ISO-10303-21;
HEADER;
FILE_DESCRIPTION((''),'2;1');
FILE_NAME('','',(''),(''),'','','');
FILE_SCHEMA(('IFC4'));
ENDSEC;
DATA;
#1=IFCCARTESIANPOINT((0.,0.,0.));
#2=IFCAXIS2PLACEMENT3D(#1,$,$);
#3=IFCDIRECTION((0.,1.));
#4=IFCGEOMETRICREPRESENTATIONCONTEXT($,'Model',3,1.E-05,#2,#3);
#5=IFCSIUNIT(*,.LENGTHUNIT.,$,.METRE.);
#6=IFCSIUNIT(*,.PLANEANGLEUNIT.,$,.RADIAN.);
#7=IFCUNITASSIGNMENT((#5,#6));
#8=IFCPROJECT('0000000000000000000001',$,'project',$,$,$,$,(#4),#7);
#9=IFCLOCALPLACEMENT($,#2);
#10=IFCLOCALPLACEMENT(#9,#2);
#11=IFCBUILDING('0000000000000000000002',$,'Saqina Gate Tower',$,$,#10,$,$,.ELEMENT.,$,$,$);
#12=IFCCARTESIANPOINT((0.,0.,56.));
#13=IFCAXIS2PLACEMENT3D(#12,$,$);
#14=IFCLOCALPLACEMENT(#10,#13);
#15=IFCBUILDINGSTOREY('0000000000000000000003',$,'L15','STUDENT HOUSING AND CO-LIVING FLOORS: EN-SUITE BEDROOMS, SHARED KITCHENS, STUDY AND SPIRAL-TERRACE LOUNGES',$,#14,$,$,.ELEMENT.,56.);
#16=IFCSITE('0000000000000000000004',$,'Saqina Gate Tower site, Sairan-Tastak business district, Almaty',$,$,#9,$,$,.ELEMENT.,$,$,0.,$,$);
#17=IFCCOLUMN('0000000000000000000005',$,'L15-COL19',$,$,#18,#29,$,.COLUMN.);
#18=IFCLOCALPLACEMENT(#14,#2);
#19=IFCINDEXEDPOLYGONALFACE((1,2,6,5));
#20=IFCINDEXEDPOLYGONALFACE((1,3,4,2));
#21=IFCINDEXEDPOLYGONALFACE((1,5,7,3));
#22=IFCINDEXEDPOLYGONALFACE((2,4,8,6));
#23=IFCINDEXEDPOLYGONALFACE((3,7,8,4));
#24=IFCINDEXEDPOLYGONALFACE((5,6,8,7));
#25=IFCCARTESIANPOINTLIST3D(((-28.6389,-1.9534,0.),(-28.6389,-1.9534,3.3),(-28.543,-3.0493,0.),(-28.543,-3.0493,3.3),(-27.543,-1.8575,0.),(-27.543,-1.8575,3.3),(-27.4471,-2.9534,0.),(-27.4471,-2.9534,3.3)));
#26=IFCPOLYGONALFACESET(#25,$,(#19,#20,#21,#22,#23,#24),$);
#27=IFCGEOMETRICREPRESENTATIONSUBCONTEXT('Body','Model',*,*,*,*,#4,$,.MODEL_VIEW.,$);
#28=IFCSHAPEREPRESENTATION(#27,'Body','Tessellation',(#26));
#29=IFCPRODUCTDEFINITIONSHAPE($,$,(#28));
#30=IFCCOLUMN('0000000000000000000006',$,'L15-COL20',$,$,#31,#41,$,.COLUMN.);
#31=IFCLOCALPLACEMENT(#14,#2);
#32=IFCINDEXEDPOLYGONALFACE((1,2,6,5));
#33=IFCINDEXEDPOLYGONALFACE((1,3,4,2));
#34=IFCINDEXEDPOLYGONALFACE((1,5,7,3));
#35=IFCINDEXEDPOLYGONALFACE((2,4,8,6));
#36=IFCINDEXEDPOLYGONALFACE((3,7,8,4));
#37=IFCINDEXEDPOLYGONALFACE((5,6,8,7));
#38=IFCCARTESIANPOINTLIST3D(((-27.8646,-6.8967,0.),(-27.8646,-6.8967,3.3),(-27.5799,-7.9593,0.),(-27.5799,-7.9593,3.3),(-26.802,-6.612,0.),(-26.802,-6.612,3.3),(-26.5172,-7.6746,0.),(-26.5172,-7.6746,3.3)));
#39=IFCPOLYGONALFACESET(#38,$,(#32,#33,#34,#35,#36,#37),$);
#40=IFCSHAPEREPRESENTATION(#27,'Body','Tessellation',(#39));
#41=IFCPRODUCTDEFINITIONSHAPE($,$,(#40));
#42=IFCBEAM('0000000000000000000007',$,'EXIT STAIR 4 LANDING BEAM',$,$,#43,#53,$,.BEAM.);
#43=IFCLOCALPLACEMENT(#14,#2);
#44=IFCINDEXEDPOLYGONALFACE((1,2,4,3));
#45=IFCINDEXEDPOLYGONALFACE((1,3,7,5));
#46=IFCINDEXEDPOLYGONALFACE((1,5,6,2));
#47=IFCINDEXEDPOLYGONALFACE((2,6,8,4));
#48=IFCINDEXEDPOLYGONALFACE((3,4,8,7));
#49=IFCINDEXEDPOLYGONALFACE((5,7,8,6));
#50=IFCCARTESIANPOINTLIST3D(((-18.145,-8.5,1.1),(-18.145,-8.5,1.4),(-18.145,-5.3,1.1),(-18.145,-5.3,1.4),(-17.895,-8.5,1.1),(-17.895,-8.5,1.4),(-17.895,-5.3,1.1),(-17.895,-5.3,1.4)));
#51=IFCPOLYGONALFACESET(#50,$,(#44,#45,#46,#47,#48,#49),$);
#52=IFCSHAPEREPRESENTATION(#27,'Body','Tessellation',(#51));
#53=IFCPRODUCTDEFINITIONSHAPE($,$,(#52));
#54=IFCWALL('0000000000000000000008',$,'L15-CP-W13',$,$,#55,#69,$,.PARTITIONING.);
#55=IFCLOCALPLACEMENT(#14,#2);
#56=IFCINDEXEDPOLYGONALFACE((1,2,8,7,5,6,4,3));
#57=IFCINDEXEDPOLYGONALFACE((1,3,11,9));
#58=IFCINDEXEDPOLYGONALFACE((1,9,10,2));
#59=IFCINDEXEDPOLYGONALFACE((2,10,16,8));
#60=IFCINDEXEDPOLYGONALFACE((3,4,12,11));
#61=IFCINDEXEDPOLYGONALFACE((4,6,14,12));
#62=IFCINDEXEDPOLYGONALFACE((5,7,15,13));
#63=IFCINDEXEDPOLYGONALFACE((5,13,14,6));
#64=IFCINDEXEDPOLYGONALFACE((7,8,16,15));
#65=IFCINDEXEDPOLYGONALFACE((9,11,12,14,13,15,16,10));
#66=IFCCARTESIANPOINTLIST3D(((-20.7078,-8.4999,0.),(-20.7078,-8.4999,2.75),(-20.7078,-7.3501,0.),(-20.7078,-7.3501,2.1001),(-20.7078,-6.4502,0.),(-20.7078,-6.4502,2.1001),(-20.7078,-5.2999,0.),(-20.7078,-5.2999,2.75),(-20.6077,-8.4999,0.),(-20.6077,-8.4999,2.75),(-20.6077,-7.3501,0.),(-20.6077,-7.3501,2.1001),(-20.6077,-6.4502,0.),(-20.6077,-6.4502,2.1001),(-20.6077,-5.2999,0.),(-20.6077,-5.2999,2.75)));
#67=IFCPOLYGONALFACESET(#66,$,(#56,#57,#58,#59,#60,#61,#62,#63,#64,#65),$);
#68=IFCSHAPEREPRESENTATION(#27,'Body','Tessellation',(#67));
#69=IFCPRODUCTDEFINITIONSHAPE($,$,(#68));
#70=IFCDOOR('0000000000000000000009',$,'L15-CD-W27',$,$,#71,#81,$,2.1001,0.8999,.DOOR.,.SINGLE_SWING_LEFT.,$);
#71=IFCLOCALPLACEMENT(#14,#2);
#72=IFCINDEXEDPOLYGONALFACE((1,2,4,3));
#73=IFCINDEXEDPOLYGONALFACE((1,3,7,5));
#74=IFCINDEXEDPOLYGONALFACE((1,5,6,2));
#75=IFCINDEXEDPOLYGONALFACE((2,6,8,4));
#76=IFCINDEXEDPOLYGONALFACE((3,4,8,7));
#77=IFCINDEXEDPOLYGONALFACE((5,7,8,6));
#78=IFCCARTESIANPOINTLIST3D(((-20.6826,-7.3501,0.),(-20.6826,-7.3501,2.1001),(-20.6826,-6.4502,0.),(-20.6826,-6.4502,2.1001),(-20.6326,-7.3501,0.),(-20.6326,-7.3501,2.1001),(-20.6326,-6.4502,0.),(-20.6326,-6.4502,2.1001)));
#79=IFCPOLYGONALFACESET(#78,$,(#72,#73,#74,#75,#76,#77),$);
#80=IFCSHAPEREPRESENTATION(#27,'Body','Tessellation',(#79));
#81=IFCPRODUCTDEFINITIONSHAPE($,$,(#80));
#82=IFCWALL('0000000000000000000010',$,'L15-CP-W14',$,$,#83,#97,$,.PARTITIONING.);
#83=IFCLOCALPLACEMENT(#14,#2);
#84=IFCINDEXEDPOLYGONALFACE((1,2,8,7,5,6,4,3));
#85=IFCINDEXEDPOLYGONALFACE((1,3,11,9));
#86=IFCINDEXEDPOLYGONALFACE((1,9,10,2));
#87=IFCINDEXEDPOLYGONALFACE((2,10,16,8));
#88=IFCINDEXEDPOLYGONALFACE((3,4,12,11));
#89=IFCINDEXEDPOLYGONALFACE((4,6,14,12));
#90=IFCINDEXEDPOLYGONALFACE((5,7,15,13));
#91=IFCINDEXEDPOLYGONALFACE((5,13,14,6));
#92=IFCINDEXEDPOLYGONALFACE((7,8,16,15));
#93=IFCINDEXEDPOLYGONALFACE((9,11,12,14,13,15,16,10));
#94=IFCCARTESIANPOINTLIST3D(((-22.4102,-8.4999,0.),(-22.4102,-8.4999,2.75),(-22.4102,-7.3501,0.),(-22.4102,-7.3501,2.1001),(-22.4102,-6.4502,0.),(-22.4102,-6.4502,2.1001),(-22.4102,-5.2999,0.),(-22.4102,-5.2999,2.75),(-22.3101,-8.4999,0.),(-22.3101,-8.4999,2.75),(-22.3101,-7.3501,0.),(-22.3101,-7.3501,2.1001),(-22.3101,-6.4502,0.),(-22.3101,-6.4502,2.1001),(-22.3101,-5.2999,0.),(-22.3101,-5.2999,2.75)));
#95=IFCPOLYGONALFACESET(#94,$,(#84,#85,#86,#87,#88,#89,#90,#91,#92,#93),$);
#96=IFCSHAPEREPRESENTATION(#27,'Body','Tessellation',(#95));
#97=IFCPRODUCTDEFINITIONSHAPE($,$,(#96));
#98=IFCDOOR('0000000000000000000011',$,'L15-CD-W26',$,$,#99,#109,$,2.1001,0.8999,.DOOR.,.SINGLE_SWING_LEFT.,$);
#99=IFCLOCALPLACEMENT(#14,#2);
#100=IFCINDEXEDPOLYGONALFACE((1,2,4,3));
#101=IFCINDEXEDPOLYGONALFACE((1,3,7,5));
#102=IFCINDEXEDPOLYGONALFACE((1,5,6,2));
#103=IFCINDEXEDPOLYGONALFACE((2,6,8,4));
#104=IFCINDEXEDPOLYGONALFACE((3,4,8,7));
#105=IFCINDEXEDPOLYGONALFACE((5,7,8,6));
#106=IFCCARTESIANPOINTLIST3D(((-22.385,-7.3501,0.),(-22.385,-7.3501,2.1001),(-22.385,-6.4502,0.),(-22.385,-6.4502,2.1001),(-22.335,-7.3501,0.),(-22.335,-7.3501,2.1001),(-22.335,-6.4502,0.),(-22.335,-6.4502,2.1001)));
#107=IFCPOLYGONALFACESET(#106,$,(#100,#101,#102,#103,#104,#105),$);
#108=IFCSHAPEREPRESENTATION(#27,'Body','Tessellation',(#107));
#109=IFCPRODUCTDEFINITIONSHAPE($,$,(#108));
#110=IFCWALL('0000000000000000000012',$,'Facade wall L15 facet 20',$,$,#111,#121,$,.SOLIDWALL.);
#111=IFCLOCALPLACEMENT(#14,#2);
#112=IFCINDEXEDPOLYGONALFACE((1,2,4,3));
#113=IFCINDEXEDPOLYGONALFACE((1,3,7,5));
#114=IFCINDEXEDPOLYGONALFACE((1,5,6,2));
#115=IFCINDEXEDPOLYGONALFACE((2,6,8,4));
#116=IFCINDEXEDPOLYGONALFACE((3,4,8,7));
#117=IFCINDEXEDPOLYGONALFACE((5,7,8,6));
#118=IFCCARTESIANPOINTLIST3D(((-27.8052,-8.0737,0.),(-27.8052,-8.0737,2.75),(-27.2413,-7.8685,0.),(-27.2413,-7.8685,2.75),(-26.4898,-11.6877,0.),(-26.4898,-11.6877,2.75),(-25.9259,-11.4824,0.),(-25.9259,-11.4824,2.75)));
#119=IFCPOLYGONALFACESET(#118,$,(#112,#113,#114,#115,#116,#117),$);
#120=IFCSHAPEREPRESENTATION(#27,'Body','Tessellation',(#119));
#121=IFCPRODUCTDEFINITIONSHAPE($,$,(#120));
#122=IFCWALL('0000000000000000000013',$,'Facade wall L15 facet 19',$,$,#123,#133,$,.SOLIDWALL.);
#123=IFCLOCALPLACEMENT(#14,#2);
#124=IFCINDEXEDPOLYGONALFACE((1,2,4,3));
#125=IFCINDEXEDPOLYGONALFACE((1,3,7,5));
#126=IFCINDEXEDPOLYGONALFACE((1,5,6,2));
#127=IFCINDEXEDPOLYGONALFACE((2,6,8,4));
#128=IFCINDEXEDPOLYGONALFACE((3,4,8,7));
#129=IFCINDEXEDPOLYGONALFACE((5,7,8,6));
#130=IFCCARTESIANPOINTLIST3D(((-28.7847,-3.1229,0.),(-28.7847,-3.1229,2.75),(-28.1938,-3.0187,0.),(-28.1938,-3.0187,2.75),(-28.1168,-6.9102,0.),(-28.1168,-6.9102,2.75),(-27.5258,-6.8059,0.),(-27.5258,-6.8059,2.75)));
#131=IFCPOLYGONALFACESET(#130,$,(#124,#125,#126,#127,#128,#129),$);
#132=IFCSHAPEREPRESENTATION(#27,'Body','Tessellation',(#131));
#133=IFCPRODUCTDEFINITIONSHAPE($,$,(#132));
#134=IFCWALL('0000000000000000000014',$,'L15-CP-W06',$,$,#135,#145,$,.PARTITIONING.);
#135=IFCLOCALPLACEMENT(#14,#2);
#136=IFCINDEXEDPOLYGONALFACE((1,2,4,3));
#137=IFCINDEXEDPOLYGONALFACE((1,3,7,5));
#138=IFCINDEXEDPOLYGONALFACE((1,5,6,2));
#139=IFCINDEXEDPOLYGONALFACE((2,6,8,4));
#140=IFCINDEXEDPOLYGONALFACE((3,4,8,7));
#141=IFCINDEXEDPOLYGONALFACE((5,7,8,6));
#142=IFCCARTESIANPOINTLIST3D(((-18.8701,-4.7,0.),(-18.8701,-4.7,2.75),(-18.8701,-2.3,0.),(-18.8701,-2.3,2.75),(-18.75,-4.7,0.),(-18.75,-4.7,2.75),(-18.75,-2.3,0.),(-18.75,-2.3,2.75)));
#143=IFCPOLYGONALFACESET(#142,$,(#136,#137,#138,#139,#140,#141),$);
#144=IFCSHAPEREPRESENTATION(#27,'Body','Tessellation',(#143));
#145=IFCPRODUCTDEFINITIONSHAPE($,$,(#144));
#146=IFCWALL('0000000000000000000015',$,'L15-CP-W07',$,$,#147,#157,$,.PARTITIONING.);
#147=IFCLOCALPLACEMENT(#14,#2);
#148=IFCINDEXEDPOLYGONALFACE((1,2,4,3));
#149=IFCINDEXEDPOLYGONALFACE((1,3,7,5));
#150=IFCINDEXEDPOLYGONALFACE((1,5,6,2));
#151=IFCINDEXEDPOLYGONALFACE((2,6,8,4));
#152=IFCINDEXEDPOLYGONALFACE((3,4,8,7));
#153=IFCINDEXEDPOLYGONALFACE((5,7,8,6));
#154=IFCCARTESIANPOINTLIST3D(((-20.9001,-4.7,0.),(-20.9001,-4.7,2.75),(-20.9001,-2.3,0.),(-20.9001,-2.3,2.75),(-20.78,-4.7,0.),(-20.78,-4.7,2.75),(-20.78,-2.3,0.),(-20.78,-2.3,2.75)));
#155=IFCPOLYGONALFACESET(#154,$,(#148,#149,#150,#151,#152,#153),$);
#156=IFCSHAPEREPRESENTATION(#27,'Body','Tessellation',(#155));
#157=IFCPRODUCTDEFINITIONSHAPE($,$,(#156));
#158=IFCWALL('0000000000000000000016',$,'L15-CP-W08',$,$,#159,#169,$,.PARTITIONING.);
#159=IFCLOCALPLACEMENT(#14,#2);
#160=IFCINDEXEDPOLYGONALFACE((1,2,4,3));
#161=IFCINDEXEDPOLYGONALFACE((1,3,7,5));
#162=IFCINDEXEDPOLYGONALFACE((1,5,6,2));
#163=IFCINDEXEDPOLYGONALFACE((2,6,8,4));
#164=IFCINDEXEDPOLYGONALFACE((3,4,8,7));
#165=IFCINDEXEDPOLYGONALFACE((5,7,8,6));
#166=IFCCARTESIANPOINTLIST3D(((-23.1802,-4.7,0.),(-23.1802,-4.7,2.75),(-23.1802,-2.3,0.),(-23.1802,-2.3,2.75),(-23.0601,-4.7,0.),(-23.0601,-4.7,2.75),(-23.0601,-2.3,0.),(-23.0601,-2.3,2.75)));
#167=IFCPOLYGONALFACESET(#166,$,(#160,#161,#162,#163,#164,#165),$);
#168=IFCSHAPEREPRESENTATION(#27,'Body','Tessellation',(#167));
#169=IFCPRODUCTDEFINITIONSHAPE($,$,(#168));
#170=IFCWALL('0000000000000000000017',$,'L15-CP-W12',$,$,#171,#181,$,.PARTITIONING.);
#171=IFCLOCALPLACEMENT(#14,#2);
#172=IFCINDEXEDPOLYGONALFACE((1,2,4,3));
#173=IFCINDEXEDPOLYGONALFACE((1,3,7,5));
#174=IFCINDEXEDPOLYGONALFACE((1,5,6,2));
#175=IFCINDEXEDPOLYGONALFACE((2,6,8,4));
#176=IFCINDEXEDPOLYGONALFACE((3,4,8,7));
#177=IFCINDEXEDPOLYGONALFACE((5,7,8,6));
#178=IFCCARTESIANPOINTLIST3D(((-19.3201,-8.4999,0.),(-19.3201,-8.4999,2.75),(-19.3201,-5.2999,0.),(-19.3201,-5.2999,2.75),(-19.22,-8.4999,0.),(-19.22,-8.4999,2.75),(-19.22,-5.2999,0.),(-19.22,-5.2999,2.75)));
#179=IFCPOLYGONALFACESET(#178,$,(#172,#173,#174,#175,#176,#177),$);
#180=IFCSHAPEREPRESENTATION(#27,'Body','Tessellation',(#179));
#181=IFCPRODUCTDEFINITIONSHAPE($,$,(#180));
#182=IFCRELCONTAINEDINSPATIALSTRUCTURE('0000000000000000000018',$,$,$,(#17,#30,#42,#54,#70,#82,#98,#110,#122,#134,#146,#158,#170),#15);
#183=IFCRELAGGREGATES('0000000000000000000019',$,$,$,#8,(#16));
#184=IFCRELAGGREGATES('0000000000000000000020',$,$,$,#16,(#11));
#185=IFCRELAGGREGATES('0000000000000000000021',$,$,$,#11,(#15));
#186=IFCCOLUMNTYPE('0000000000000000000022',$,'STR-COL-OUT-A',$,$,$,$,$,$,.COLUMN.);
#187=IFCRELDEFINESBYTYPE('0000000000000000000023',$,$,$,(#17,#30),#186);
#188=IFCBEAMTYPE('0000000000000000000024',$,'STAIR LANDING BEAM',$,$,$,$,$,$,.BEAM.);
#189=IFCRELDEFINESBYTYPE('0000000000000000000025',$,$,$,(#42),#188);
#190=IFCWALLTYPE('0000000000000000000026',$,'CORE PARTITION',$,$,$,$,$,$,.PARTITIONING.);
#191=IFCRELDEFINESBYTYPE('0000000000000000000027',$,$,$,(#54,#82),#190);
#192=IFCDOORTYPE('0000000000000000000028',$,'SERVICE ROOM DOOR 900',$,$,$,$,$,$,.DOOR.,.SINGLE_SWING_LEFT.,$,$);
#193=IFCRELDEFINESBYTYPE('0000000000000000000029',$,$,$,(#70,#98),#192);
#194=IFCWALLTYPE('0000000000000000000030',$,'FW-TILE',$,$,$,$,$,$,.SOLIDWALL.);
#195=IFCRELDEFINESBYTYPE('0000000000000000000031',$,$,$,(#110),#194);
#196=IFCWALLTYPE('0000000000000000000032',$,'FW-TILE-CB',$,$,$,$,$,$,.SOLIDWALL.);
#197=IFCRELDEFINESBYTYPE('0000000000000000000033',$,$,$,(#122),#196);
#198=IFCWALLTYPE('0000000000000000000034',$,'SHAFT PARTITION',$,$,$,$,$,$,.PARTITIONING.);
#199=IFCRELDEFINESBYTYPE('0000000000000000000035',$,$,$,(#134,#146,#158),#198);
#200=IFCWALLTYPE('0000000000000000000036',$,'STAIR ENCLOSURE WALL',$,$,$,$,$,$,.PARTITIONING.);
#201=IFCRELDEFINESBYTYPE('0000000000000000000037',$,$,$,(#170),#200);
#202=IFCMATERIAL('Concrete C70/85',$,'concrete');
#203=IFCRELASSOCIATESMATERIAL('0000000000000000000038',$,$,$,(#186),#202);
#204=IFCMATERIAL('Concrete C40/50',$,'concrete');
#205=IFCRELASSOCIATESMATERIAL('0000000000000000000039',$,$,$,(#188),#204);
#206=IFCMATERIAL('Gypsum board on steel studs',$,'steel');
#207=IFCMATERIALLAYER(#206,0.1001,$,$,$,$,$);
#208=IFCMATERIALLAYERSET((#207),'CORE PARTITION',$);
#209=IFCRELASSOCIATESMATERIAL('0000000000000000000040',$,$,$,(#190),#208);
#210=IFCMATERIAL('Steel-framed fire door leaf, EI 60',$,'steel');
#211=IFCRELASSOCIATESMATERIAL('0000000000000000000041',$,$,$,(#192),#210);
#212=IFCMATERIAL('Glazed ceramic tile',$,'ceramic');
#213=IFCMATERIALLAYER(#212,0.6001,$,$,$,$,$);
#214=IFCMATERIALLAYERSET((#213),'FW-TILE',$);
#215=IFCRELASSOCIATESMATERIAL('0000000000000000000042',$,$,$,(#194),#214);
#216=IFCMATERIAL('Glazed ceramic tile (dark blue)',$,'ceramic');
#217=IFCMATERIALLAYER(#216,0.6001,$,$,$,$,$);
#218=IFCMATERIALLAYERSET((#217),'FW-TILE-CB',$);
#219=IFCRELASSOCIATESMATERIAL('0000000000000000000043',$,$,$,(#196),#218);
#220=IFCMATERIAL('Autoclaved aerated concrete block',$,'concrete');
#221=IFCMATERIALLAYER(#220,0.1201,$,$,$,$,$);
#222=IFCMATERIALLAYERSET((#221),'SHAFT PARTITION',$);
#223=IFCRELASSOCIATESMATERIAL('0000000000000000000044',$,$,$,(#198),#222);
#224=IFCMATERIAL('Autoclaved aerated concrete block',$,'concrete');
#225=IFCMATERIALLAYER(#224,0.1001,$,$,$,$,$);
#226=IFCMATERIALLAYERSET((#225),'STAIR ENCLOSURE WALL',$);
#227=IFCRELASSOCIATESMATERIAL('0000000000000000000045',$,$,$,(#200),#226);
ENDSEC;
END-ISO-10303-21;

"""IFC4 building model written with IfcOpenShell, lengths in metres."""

from ifc_helpers import new_model, si_unit, direction, frame, frame_2d, origin, origin_2d, place, context, subcontext, project, spatial, rectangle, extrude, material, layer, layer_set, material_profile, profile_set, type_object, element, fill, save


model = new_model("IFC4")

# Units and contexts
model_context = context("Model", 3, precision=1e-05, world=origin(), true_north=direction((0.0, 1.0)))
body_context = subcontext(model_context, "Body", "Model", "MODEL_VIEW")
ifc_project = project(units=[si_unit("LENGTHUNIT", "METRE"), si_unit("PLANEANGLEUNIT", "RADIAN")], contexts=[model_context])

# Site, building, storey
site_placement = place(None, origin())
site = spatial("IfcSite", under=ifc_project, at=site_placement, Name="Saqina Gate Tower site, Sairan-Tastak business district, Almaty", CompositionType="ELEMENT", RefElevation=0.0)
building_placement = place(site_placement, origin())
building = spatial("IfcBuilding", under=site, at=building_placement, Name="Saqina Gate Tower", CompositionType="ELEMENT")
storey_placement = place(building_placement, frame((0.0, 0.0, 56.0)))
storey = spatial("IfcBuildingStorey", under=building, at=storey_placement, Name="L15", Description="STUDENT HOUSING AND CO-LIVING FLOORS: EN-SUITE BEDROOMS, SHARED KITCHENS, STUDY AND SPIRAL-TERRACE LOUNGES", CompositionType="ELEMENT", Elevation=56.0)

# Columns
ifc_material_1 = material(Name="Concrete C70/85", Category="concrete")
ifc_material_profile_1 = material_profile(ifc_material_1, rectangle(XDim=1.1001, YDim=1.1001, at=origin_2d()), Name="RC 1100x1100")
ifc_profile_set_1 = profile_set([ifc_material_profile_1], Name="Concrete C70/85")
column_type = type_object("IfcColumnType", Name="STR-COL-OUT-A", PredefinedType="COLUMN", material=ifc_profile_set_1)
for number, where, z_axis, x_axis, name in (
    (1, (-28.043, -2.4534, 0.0), (0.0, 0.0, 1.0), (-0.996195, -0.087156, 0.0), "L15-COL19"),
    (2, (-27.1909, -7.2856, 0.0), (0.0, 0.0, 1.0), (-0.965926, -0.258819, 0.0), "L15-COL20"),
):
    element("IfcColumn", number, at=place(storey_placement, frame(where, z_axis=z_axis, x_axis=x_axis)), inside=storey, type_object=column_type, Name=name, PredefinedType="COLUMN", context=body_context, shape_type="SweptSolid", body=[
        extrude(rectangle(XDim=1.1001, YDim=1.1001, at=origin_2d()), origin(), (0.0, 0.0, 1.0), 3.3),
    ])

# Beam
ifc_material_2 = material(Name="Concrete C40/50", Category="concrete")
ifc_material_profile_2 = material_profile(ifc_material_2, rectangle(XDim=0.25, YDim=0.3, at=origin_2d()), Name="STAIR LANDING BEAM")
ifc_profile_set_2 = profile_set([ifc_material_profile_2], Name="Concrete C40/50")
beam_type = type_object("IfcBeamType", Name="STAIR LANDING BEAM", PredefinedType="BEAM", material=ifc_profile_set_2)
beam_placement = place(storey_placement, frame((-18.02, -8.5, 1.25), z_axis=(0.0, 1.0, 0.0), x_axis=(-1.0, 0.0, 0.0)))
element("IfcBeam", 3, at=beam_placement, inside=storey, type_object=beam_type, Name="EXIT STAIR 4 LANDING BEAM", PredefinedType="BEAM", context=body_context, shape_type="SweptSolid", body=[
    extrude(rectangle(XDim=0.25, YDim=0.3, at=origin_2d()), origin(), (0.0, 0.0, 1.0), 3.2),
])

# Walls, openings, doors
ifc_material_3 = material(Name="Gypsum board on steel studs", Category="steel")
ifc_layer_1 = layer(ifc_material_3, 0.1001)
ifc_layer_set_1 = layer_set([ifc_layer_1], Name="CORE PARTITION")
wall_type_1 = type_object("IfcWallType", Name="CORE PARTITION", PredefinedType="PARTITIONING", material=ifc_layer_set_1)
wall_1_placement = place(storey_placement, frame((-20.6577, -8.5, 0.0), z_axis=(0.0, 0.0, 1.0), x_axis=(0.0, 1.0, 0.0)))
wall_1 = element("IfcWall", 4, at=wall_1_placement, inside=storey, type_object=wall_type_1, Name="L15-CP-W13", PredefinedType="PARTITIONING", context=body_context, shape_type="SweptSolid", body=[
    extrude(rectangle(XDim=3.2, YDim=0.1001, at=frame_2d((1.6001, 0.0))), origin(), (0.0, 0.0, 1.0), 2.75),
])
opening_1_placement = place(wall_1_placement, frame((1.1499, 0.0, 0.0)))
opening_1 = element("IfcOpeningElement", 5, at=opening_1_placement, cuts=wall_1, PredefinedType="OPENING", context=body_context, shape_type="SweptSolid", body=[
    extrude(rectangle(XDim=0.8999, YDim=2.1001, at=frame_2d((0.45, 1.05))), frame((0.0, 0.062, 0.0), z_axis=(0.0, -1.0, 0.0), x_axis=(1.0, 0.0, 0.0)), (0.0, 0.0, 1.0), 0.124),
])
ifc_material_4 = material(Name="Steel-framed fire door leaf, EI 60", Category="steel")
door_type = type_object("IfcDoorType", Name="SERVICE ROOM DOOR 900", OperationType="SINGLE_SWING_LEFT", PredefinedType="DOOR", material=ifc_material_4)
door_1_placement = place(opening_1_placement, origin())
door_1 = element("IfcDoor", 6, at=door_1_placement, inside=storey, type_object=door_type, Name="L15-CD-W27", OperationType="SINGLE_SWING_LEFT", OverallHeight=2.1001, OverallWidth=0.8999, PredefinedType="DOOR", context=body_context, shape_type="SweptSolid", body=[
    extrude(rectangle(XDim=0.8999, YDim=2.1001, at=frame_2d((0.45, 1.05))), frame((0.0, 0.0249, 0.0), z_axis=(0.0, -1.0, 0.0), x_axis=(1.0, 0.0, 0.0)), (0.0, 0.0, 1.0), 0.05),
])
fill(opening_1, door_1)
wall_2_placement = place(storey_placement, frame((-22.3601, -8.5, 0.0), z_axis=(0.0, 0.0, 1.0), x_axis=(0.0, 1.0, 0.0)))
wall_2 = element("IfcWall", 7, at=wall_2_placement, inside=storey, type_object=wall_type_1, Name="L15-CP-W14", PredefinedType="PARTITIONING", context=body_context, shape_type="SweptSolid", body=[
    extrude(rectangle(XDim=3.2, YDim=0.1001, at=frame_2d((1.6001, 0.0))), origin(), (0.0, 0.0, 1.0), 2.75),
])
opening_2_placement = place(wall_2_placement, frame((1.1499, 0.0, 0.0)))
opening_2 = element("IfcOpeningElement", 8, at=opening_2_placement, cuts=wall_2, PredefinedType="OPENING", context=body_context, shape_type="SweptSolid", body=[
    extrude(rectangle(XDim=0.8999, YDim=2.1001, at=frame_2d((0.45, 1.05))), frame((0.0, 0.062, 0.0), z_axis=(0.0, -1.0, 0.0), x_axis=(1.0, 0.0, 0.0)), (0.0, 0.0, 1.0), 0.124),
])
door_2_placement = place(opening_2_placement, origin())
door_2 = element("IfcDoor", 9, at=door_2_placement, inside=storey, type_object=door_type, Name="L15-CD-W26", OperationType="SINGLE_SWING_LEFT", OverallHeight=2.1001, OverallWidth=0.8999, PredefinedType="DOOR", context=body_context, shape_type="SweptSolid", body=[
    extrude(rectangle(XDim=0.8999, YDim=2.1001, at=frame_2d((0.45, 1.05))), frame((0.0, 0.0249, 0.0), z_axis=(0.0, -1.0, 0.0), x_axis=(1.0, 0.0, 0.0)), (0.0, 0.0, 1.0), 0.05),
])
fill(opening_2, door_2)

# Walls
ifc_material_5 = material(Name="Glazed ceramic tile", Category="ceramic")
ifc_layer_2 = layer(ifc_material_5, 0.6001)
ifc_layer_set_2 = layer_set([ifc_layer_2], Name="FW-TILE")
wall_type_2 = type_object("IfcWallType", Name="FW-TILE", PredefinedType="SOLIDWALL", material=ifc_layer_set_2)
wall_3_placement = place(storey_placement, frame((-27.5232, -7.9712, 0.0), z_axis=(0.0, 0.0, 1.0), x_axis=(0.342028, -0.93969, 0.0)))
element("IfcWall", 10, at=wall_3_placement, inside=storey, type_object=wall_type_2, Name="Facade wall L15 facet 20", PredefinedType="SOLIDWALL", context=body_context, shape_type="SweptSolid", body=[
    extrude(rectangle(XDim=3.8459, YDim=0.6001, at=frame_2d((1.9229, 0.0))), origin(), (0.0, 0.0, 1.0), 2.75),
])
ifc_material_6 = material(Name="Glazed ceramic tile (dark blue)", Category="ceramic")
ifc_layer_3 = layer(ifc_material_6, 0.6001)
ifc_layer_set_3 = layer_set([ifc_layer_3], Name="FW-TILE-CB")
wall_type_3 = type_object("IfcWallType", Name="FW-TILE-CB", PredefinedType="SOLIDWALL", material=ifc_layer_set_3)
wall_4_placement = place(storey_placement, frame((-28.4893, -3.0708, 0.0), z_axis=(0.0, 0.0, 1.0), x_axis=(0.173688, -0.984801, 0.0)))
element("IfcWall", 11, at=wall_4_placement, inside=storey, type_object=wall_type_3, Name="Facade wall L15 facet 19", PredefinedType="SOLIDWALL", context=body_context, shape_type="SweptSolid", body=[
    extrude(rectangle(XDim=3.8457, YDim=0.6001, at=frame_2d((1.9229, 0.0))), origin(), (0.0, 0.0, 1.0), 2.75),
])
ifc_material_7 = material(Name="Autoclaved aerated concrete block", Category="concrete")
ifc_layer_4 = layer(ifc_material_7, 0.1201)
ifc_layer_set_4 = layer_set([ifc_layer_4], Name="SHAFT PARTITION")
wall_type_4 = type_object("IfcWallType", Name="SHAFT PARTITION", PredefinedType="PARTITIONING", material=ifc_layer_set_4)
for number, where, z_axis, x_axis, name in (
    (12, (-18.8101, -4.7, 0.0), (0.0, 0.0, 1.0), (0.0, 1.0, 0.0), "L15-CP-W06"),
    (13, (-20.8401, -4.7, 0.0), (0.0, 0.0, 1.0), (0.0, 1.0, 0.0), "L15-CP-W07"),
    (14, (-23.1201, -4.7, 0.0), (0.0, 0.0, 1.0), (0.0, 1.0, 0.0), "L15-CP-W08"),
):
    element("IfcWall", number, at=place(storey_placement, frame(where, z_axis=z_axis, x_axis=x_axis)), inside=storey, type_object=wall_type_4, Name=name, PredefinedType="PARTITIONING", context=body_context, shape_type="SweptSolid", body=[
        extrude(rectangle(XDim=2.3999, YDim=0.1201, at=frame_2d((1.2, 0.0))), origin(), (0.0, 0.0, 1.0), 2.75),
    ])
ifc_material_8 = material(Name="Autoclaved aerated concrete block", Category="concrete")
ifc_layer_5 = layer(ifc_material_8, 0.1001)
ifc_layer_set_5 = layer_set([ifc_layer_5], Name="STAIR ENCLOSURE WALL")
wall_type_5 = type_object("IfcWallType", Name="STAIR ENCLOSURE WALL", PredefinedType="PARTITIONING", material=ifc_layer_set_5)
wall_5_placement = place(storey_placement, frame((-19.27, -8.5, 0.0), z_axis=(0.0, 0.0, 1.0), x_axis=(0.0, 1.0, 0.0)))
element("IfcWall", 15, at=wall_5_placement, inside=storey, type_object=wall_type_5, Name="L15-CP-W12", PredefinedType="PARTITIONING", context=body_context, shape_type="SweptSolid", body=[
    extrude(rectangle(XDim=3.2, YDim=0.1001, at=frame_2d((1.6001, 0.0))), origin(), (0.0, 0.0, 1.0), 2.75),
])

save(model, "model.ifc")
